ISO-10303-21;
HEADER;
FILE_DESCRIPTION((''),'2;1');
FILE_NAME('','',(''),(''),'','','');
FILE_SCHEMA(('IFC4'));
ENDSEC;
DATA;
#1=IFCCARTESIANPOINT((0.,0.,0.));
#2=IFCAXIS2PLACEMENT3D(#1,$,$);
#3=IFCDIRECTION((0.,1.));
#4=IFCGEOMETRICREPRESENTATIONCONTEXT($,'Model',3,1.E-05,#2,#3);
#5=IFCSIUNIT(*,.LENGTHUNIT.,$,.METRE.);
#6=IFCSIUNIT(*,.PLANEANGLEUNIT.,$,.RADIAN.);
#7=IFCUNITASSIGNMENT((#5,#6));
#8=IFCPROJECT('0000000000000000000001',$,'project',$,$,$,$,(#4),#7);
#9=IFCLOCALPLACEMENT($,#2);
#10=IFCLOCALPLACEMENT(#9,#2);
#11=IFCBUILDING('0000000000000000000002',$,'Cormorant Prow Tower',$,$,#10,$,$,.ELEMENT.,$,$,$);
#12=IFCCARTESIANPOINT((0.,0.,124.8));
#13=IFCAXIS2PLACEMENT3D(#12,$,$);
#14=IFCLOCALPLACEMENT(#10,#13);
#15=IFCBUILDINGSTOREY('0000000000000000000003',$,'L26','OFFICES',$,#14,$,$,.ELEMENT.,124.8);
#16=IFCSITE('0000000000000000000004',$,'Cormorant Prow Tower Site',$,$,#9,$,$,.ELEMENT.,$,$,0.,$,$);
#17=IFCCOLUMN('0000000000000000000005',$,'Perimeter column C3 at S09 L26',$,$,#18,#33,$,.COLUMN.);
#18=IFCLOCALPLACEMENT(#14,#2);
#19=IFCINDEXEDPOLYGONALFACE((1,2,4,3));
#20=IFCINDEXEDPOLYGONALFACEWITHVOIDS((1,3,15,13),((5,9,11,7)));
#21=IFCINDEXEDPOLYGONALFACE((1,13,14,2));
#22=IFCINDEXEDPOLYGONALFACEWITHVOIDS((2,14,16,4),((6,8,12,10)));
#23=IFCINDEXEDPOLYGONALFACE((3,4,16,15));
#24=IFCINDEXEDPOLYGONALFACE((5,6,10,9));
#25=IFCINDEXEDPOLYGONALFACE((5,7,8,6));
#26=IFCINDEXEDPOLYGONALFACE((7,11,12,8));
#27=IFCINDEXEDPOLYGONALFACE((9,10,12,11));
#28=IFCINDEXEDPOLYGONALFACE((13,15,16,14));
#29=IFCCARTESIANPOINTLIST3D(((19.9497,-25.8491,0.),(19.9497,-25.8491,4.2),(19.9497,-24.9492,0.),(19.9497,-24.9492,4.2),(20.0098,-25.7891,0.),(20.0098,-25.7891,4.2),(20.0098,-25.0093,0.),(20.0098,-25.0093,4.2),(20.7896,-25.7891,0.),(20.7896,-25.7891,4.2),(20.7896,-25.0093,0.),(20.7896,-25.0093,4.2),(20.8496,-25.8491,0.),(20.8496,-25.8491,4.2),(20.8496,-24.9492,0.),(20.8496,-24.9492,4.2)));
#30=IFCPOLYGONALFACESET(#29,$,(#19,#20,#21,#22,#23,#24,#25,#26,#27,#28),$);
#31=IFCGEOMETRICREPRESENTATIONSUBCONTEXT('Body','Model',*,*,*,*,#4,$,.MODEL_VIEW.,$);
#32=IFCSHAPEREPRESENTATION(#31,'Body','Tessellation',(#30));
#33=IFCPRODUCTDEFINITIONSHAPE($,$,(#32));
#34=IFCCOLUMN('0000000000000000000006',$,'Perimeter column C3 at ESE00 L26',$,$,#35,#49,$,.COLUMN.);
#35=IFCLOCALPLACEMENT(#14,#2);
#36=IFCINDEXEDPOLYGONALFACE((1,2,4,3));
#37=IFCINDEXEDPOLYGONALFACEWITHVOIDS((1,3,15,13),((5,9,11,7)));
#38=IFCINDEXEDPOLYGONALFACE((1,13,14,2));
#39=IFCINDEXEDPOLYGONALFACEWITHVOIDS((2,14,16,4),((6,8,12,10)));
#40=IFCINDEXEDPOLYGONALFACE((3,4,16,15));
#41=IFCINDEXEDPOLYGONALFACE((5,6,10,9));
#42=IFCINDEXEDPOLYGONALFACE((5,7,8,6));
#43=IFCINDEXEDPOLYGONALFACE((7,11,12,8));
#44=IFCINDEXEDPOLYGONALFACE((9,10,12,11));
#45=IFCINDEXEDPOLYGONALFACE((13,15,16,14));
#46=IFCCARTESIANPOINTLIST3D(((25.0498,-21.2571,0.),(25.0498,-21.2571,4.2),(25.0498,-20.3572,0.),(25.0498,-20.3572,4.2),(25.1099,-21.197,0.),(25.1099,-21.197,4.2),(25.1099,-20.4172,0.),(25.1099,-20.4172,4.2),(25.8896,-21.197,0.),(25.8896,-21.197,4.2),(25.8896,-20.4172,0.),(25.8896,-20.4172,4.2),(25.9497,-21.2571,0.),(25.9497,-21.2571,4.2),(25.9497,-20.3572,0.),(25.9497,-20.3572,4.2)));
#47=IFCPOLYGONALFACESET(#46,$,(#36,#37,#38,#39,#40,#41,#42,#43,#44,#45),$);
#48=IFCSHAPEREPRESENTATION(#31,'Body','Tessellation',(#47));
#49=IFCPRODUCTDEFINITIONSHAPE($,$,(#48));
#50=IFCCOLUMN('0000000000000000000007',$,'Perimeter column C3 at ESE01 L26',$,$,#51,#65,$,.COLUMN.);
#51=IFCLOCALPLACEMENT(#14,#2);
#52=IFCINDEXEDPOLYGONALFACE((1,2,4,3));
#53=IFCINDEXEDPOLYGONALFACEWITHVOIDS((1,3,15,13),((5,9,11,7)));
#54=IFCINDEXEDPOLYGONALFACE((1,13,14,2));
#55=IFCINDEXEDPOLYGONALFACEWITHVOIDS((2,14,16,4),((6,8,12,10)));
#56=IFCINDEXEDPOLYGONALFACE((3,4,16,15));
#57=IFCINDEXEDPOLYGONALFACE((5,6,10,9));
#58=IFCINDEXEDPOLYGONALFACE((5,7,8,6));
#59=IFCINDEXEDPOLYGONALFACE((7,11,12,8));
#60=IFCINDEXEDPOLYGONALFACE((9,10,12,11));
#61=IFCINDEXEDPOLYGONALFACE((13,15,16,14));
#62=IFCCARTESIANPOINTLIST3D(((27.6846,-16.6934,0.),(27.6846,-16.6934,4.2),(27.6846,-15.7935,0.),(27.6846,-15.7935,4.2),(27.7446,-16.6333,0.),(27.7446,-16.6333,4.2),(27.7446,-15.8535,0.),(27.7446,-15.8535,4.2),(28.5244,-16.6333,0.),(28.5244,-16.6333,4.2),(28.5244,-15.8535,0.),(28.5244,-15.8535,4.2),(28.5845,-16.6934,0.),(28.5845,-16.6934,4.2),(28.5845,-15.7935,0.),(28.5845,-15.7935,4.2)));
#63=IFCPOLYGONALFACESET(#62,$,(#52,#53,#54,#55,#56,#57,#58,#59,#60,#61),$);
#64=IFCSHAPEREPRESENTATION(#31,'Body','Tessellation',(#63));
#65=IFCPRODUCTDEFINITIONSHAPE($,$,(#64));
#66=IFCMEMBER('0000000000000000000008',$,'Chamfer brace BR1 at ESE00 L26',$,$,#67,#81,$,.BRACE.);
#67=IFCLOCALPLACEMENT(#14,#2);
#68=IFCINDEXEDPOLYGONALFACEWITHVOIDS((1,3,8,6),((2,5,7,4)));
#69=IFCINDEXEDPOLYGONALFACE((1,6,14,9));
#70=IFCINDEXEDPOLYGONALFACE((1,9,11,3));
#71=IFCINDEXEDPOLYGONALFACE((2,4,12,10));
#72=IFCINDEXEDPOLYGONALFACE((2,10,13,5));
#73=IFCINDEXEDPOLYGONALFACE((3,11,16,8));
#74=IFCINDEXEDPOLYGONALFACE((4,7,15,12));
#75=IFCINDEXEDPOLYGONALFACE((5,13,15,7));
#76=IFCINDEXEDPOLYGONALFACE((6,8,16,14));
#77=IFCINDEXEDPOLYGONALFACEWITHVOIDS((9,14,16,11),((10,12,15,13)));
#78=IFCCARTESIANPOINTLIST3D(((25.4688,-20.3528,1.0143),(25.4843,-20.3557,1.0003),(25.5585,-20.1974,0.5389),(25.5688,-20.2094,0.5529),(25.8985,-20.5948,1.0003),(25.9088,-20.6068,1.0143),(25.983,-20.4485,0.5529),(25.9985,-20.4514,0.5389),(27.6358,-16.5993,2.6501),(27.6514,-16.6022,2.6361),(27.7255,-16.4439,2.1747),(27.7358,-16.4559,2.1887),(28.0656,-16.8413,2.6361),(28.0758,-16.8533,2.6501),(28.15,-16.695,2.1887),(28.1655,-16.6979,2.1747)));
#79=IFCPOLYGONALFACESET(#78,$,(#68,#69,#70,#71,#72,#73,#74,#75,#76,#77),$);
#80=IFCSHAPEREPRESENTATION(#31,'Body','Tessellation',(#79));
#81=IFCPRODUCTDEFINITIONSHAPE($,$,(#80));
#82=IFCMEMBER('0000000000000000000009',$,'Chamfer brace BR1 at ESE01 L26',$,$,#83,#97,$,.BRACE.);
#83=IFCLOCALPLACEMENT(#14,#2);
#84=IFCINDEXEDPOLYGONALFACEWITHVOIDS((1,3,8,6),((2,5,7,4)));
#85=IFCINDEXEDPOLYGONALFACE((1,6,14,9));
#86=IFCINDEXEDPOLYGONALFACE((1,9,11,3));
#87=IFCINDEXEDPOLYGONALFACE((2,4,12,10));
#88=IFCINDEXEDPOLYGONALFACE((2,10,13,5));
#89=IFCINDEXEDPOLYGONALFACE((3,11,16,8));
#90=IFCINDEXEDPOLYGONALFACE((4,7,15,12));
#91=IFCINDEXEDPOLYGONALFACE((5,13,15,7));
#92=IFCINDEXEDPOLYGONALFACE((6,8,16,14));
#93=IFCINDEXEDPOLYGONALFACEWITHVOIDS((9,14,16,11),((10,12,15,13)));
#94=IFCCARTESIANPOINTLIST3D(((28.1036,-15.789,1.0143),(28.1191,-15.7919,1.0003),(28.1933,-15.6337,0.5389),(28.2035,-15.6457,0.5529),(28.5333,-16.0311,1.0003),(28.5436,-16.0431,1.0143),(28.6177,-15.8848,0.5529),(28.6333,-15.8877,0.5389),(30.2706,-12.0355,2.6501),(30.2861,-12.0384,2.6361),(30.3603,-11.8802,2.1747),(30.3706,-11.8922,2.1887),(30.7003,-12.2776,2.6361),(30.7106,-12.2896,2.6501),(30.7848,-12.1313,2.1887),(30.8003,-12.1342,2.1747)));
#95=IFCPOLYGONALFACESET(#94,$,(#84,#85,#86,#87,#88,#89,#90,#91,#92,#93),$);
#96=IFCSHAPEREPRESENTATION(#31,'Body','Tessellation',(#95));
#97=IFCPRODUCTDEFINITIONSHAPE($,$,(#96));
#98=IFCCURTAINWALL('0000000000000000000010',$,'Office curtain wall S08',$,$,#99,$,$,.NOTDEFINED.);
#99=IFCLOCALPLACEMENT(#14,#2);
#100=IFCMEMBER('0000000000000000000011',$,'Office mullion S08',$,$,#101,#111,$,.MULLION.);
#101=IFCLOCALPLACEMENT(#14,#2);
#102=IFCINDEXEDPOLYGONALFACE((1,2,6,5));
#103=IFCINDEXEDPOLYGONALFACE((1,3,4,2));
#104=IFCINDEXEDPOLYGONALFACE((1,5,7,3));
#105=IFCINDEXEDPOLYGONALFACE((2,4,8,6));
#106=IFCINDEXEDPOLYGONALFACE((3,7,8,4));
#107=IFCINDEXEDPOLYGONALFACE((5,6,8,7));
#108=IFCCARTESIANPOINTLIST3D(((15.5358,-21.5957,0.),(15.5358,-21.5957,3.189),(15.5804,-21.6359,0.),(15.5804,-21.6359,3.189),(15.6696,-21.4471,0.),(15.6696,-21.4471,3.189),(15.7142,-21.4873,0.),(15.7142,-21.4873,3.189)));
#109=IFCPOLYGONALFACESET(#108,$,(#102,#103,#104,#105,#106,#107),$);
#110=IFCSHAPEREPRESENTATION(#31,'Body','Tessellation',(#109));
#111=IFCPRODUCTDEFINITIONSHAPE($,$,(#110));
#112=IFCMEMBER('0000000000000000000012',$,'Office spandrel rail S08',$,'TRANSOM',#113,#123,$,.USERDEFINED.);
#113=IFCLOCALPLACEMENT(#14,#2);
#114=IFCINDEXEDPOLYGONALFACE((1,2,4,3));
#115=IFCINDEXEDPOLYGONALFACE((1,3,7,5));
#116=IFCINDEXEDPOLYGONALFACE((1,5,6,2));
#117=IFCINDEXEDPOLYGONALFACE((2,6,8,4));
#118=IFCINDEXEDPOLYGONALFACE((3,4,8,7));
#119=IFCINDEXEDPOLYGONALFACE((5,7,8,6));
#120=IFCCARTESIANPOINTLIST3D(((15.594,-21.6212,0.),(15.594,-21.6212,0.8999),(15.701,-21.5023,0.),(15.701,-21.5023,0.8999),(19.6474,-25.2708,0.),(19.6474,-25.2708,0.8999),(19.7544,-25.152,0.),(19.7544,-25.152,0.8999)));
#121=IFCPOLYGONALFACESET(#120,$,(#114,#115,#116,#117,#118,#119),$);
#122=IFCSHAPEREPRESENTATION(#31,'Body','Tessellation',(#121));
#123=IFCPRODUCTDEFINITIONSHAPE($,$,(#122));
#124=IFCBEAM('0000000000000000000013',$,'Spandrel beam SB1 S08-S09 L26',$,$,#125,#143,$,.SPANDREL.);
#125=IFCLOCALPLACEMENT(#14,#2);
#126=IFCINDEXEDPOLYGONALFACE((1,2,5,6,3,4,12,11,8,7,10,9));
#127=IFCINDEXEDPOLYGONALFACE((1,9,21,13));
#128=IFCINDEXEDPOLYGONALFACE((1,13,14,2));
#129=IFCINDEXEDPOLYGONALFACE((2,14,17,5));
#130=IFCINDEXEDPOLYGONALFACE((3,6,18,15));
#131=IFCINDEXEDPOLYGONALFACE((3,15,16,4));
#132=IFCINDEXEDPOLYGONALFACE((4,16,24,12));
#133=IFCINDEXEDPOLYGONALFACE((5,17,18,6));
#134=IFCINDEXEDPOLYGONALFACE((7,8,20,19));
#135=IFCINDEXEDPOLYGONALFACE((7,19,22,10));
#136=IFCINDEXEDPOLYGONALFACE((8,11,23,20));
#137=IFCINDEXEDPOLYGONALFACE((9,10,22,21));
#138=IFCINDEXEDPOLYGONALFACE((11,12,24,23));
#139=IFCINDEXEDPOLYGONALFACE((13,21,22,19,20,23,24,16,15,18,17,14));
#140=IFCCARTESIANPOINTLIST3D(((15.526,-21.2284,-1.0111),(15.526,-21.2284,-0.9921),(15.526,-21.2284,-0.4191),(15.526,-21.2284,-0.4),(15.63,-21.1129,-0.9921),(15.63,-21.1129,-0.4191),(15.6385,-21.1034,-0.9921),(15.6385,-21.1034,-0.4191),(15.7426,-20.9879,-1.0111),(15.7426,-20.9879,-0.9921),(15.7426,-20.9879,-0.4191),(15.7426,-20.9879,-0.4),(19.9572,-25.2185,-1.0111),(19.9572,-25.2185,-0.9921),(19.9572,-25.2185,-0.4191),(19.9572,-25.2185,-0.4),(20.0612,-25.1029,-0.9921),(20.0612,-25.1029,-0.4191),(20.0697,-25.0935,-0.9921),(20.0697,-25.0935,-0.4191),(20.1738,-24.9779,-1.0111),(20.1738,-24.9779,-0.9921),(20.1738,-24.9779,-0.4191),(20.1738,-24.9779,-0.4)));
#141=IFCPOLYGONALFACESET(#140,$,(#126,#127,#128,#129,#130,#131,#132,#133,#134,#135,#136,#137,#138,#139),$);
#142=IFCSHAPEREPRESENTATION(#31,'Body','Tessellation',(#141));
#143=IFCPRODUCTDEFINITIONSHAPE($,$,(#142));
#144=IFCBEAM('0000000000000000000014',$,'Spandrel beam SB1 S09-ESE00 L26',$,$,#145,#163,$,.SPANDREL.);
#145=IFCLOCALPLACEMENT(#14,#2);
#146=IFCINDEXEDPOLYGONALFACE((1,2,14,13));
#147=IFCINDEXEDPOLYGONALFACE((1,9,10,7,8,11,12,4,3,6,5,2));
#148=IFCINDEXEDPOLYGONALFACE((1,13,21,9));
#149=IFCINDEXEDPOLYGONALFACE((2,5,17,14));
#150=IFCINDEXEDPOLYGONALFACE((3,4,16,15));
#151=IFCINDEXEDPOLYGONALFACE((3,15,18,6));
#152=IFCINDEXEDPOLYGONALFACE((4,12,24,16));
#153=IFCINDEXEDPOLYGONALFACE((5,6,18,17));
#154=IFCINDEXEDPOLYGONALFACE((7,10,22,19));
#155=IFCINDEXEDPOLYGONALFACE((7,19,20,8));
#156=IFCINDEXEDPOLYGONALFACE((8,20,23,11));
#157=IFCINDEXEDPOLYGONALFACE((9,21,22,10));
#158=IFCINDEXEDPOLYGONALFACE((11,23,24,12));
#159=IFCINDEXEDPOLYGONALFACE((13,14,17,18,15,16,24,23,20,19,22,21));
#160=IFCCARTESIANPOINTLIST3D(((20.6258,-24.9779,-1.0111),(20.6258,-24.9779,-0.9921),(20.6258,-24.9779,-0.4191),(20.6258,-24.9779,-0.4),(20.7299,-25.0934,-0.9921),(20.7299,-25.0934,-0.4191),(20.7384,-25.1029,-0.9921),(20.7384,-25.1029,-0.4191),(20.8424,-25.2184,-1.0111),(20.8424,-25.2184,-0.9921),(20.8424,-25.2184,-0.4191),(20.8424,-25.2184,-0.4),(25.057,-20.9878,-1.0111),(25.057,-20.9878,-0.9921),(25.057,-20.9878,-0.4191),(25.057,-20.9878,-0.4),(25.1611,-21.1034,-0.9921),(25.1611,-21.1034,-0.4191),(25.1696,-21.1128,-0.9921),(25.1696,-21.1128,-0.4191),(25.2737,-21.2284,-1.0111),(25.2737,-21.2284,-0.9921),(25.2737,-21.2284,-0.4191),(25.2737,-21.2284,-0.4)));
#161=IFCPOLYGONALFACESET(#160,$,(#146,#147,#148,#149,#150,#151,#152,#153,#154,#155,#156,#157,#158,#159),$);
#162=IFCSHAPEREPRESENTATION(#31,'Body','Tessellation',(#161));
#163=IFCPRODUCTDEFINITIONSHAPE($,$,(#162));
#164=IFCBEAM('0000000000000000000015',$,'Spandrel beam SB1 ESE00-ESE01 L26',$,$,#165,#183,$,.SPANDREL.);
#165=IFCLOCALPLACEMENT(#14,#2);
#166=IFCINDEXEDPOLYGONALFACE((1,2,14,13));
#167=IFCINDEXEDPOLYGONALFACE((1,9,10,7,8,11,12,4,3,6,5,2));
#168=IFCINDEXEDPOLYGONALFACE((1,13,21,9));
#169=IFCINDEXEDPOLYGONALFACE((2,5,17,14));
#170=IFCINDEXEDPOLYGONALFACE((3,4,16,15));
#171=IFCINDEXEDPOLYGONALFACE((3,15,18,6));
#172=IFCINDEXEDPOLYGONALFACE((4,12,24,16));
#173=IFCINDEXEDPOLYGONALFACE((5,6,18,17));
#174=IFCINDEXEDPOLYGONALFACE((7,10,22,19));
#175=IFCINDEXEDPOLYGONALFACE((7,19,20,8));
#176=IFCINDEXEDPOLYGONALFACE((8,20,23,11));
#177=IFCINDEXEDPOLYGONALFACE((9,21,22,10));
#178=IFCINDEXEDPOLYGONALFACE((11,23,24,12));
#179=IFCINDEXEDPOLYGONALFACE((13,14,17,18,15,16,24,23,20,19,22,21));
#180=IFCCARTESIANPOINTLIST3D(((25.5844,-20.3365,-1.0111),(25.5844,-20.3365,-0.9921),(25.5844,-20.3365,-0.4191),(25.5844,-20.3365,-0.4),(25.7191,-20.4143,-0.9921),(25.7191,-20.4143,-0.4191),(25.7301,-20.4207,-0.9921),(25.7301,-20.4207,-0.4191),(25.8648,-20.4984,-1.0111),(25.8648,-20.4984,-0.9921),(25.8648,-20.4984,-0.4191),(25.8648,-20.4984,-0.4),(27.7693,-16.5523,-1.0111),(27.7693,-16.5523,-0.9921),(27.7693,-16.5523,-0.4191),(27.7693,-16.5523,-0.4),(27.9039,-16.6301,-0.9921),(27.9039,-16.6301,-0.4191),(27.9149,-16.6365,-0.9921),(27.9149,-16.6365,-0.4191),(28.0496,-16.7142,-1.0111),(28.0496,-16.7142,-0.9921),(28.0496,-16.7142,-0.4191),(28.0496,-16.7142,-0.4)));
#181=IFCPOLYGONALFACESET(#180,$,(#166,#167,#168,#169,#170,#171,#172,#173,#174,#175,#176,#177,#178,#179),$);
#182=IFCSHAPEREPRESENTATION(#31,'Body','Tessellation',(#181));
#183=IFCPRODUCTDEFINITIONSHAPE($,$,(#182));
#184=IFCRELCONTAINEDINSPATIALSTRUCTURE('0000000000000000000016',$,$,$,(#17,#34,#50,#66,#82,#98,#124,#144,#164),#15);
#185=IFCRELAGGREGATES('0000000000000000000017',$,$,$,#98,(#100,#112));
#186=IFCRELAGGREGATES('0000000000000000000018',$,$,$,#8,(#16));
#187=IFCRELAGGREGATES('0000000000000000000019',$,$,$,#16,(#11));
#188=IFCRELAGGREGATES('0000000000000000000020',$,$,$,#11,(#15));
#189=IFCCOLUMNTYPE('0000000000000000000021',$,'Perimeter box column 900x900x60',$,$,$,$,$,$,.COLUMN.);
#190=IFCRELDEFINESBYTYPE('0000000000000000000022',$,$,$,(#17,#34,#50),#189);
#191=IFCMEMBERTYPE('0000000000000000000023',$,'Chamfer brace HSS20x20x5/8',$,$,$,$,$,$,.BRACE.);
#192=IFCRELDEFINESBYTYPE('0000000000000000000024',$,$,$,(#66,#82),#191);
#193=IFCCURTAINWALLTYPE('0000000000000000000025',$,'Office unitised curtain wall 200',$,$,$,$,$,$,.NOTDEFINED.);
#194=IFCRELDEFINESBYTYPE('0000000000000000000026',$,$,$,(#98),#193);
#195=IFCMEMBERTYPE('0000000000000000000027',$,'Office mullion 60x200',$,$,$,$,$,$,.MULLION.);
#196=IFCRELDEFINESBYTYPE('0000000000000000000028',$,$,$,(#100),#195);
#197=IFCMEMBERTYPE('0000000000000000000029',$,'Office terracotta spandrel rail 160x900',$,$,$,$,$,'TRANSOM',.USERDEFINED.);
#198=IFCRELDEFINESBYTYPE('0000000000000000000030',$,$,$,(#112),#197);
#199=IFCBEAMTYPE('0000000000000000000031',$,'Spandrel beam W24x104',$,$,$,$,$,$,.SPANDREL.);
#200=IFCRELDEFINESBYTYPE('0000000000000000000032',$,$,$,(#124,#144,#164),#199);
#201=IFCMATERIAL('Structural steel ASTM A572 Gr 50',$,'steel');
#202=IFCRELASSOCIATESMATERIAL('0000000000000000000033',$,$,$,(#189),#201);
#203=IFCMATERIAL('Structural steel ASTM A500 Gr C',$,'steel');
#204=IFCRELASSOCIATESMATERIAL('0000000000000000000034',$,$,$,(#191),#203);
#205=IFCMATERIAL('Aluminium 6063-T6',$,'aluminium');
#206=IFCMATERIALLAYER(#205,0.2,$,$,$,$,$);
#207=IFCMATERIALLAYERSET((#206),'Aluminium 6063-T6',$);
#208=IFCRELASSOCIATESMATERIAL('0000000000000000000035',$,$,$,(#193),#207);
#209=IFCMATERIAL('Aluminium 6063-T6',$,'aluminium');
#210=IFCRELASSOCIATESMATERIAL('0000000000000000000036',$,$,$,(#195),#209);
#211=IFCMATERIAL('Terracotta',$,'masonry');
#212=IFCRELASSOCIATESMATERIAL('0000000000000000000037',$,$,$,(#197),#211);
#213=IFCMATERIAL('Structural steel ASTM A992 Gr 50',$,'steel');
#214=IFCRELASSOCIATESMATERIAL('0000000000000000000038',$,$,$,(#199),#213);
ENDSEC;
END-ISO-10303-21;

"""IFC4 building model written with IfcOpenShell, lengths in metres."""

from ifc_helpers import new_model, si_unit, direction, frame, origin, origin_2d, place, context, subcontext, project, spatial, rectangle, hollow_rectangle, i_section, extrude, material, layer, layer_set, material_profile, profile_set, type_object, element, aggregate, save


model = new_model("IFC4")

# Units and contexts
model_context = context("Model", 3, precision=1e-05, world=origin(), true_north=direction((0.0, 1.0)))
body_context = subcontext(model_context, "Body", "Model", "MODEL_VIEW")
ifc_project = project(units=[si_unit("LENGTHUNIT", "METRE"), si_unit("PLANEANGLEUNIT", "RADIAN")], contexts=[model_context])

# Site, building, storey
site_placement = place(None, origin())
site = spatial("IfcSite", under=ifc_project, at=site_placement, Name="Cormorant Prow Tower Site", CompositionType="ELEMENT", RefElevation=0.0)
building_placement = place(site_placement, origin())
building = spatial("IfcBuilding", under=site, at=building_placement, Name="Cormorant Prow Tower", CompositionType="ELEMENT")
storey_placement = place(building_placement, frame((0.0, 0.0, 124.8)))
storey = spatial("IfcBuildingStorey", under=building, at=storey_placement, Name="L26", Description="OFFICES", CompositionType="ELEMENT", Elevation=124.8)

# Columns
ifc_material_1 = material(Name="Structural steel ASTM A572 Gr 50", Category="steel")
ifc_material_profile_1 = material_profile(ifc_material_1, hollow_rectangle(XDim=0.8999, YDim=0.8999, WallThickness=0.0601, at=origin_2d()), Name="Box 900x900x60")
ifc_profile_set_1 = profile_set([ifc_material_profile_1], Name="Structural steel ASTM A572 Gr 50")
column_type = type_object("IfcColumnType", Name="Perimeter box column 900x900x60", PredefinedType="COLUMN", material=ifc_profile_set_1)
for number, where, z_axis, x_axis, name in (
    (1, (20.3997, -25.3992, 0.0), (0.0, 0.0, 1.0), (1.0, 0.0, 0.0), "Perimeter column C3 at S09 L26"),
    (2, (25.4998, -20.8071, 0.0), (0.0, 0.0, 1.0), (1.0, 0.0, 0.0), "Perimeter column C3 at ESE00 L26"),
    (3, (28.1345, -16.2434, 0.0), (0.0, 0.0, 1.0), (1.0, 0.0, 0.0), "Perimeter column C3 at ESE01 L26"),
):
    element("IfcColumn", number, at=place(storey_placement, frame(where, z_axis=z_axis, x_axis=x_axis)), inside=storey, type_object=column_type, Name=name, PredefinedType="COLUMN", context=body_context, shape_type="SweptSolid", body=[
        extrude(hollow_rectangle(XDim=0.8999, YDim=0.8999, WallThickness=0.0601, at=origin_2d()), origin(), (0.0, 0.0, 1.0), 4.2),
    ])

# Members
ifc_material_2 = material(Name="Structural steel ASTM A500 Gr C", Category="steel")
ifc_material_profile_2 = material_profile(ifc_material_2, hollow_rectangle(XDim=0.5081, YDim=0.5081, WallThickness=0.0149, at=origin_2d()), Name="HSS20x20x5/8")
ifc_profile_set_2 = profile_set([ifc_material_profile_2], Name="Structural steel ASTM A500 Gr C")
member_type_1 = type_object("IfcMemberType", Name="Chamfer brace HSS20x20x5/8", PredefinedType="BRACE", material=ifc_profile_set_2)
for number, where, z_axis, x_axis, name in (
    (4, (25.7336, -20.4021, 0.7766), (0.467785, 0.810244, 0.353105), (-0.86603, 0.499992, 0.0), "Chamfer brace BR1 at ESE00 L26"),
    (5, (28.3684, -15.8384, 0.7766), (0.467785, 0.810244, 0.353105), (-0.86603, 0.499992, 0.0), "Chamfer brace BR1 at ESE01 L26"),
):
    element("IfcMember", number, at=place(storey_placement, frame(where, z_axis=z_axis, x_axis=x_axis)), inside=storey, type_object=member_type_1, Name=name, PredefinedType="BRACE", context=body_context, shape_type="SweptSolid", body=[
        extrude(hollow_rectangle(XDim=0.5081, YDim=0.5081, WallThickness=0.0149, at=origin_2d()), origin(), (0.0, 0.0, 1.0), 4.6326),
    ])

# Curtain wall, members
ifc_material_3 = material(Name="Aluminium 6063-T6", Category="aluminium")
ifc_layer_1 = layer(ifc_material_3, 0.2)
ifc_layer_set_1 = layer_set([ifc_layer_1], Name="Aluminium 6063-T6")
curtain_wall_type = type_object("IfcCurtainWallType", Name="Office unitised curtain wall 200", PredefinedType="NOTDEFINED", material=ifc_layer_set_1)
curtain_wall_placement = place(storey_placement, origin())
curtain_wall = element("IfcCurtainWall", 6, at=curtain_wall_placement, inside=storey, type_object=curtain_wall_type, Name="Office curtain wall S08", PredefinedType="NOTDEFINED")
ifc_material_4 = material(Name="Aluminium 6063-T6", Category="aluminium")
ifc_material_profile_3 = material_profile(ifc_material_4, rectangle(XDim=0.2, YDim=0.0601, at=origin_2d()), Name="Office mullion 60x200")
ifc_profile_set_3 = profile_set([ifc_material_profile_3], Name="Aluminium 6063-T6")
member_type_2 = type_object("IfcMemberType", Name="Office mullion 60x200", PredefinedType="MULLION", material=ifc_profile_set_3)
member_1_placement = place(storey_placement, frame((15.625, -21.5415, 0.0), z_axis=(0.0, 0.0, 1.0), x_axis=(0.669131, 0.743145, 0.0)))
member_1 = element("IfcMember", 7, at=member_1_placement, type_object=member_type_2, Name="Office mullion S08", PredefinedType="MULLION", context=body_context, shape_type="SweptSolid", body=[
    extrude(rectangle(XDim=0.2, YDim=0.0601, at=origin_2d()), origin(), (0.0, 0.0, 1.0), 3.189),
])
ifc_material_5 = material(Name="Terracotta", Category="masonry")
ifc_material_profile_4 = material_profile(ifc_material_5, rectangle(XDim=0.1599, YDim=0.8999, at=origin_2d()), Name="Office terracotta spandrel rail 160x900")
ifc_profile_set_4 = profile_set([ifc_material_profile_4], Name="Terracotta")
member_type_3 = type_object("IfcMemberType", Name="Office terracotta spandrel rail 160x900", ElementType="TRANSOM", PredefinedType="USERDEFINED", material=ifc_profile_set_4)
member_2_placement = place(storey_placement, frame((15.6475, -21.5618, 0.45), z_axis=(0.743154, -0.669121, 0.0), x_axis=(0.669121, 0.743154, 0.0)))
member_2 = element("IfcMember", 8, at=member_2_placement, type_object=member_type_3, Name="Office spandrel rail S08", ObjectType="TRANSOM", PredefinedType="USERDEFINED", context=body_context, shape_type="SweptSolid", body=[
    extrude(rectangle(XDim=0.1599, YDim=0.8999, at=origin_2d()), origin(), (0.0, 0.0, 1.0), 5.4543),
])

# Beams
ifc_material_6 = material(Name="Structural steel ASTM A992 Gr 50", Category="steel")
ifc_material_profile_5 = material_profile(ifc_material_6, i_section(OverallWidth=0.3237, OverallDepth=0.6111, WebThickness=0.0127, FlangeThickness=0.019, at=origin_2d()), Name="W24x104")
ifc_profile_set_5 = profile_set([ifc_material_profile_5], Name="Structural steel ASTM A992 Gr 50")
beam_type = type_object("IfcBeamType", Name="Spandrel beam W24x104", PredefinedType="SPANDREL", material=ifc_profile_set_5)
for number, where, z_axis, x_axis, name in (
    (9, (15.6343, -21.1082, -0.7056), (0.743131, -0.669146, 0.0), (0.669146, 0.743131, 0.0), "Spandrel beam SB1 S08-S09 L26"),
    (10, (20.7341, -25.0981, -0.7056), (0.743131, 0.669146, 0.0), (-0.669146, 0.743131, 0.0), "Spandrel beam SB1 S09-ESE00 L26"),
):
    element("IfcBeam", number, at=place(storey_placement, frame(where, z_axis=z_axis, x_axis=x_axis)), inside=storey, type_object=beam_type, Name=name, PredefinedType="SPANDREL", context=body_context, shape_type="SweptSolid", body=[
        extrude(i_section(OverallWidth=0.3237, OverallDepth=0.6111, WebThickness=0.0127, FlangeThickness=0.019, at=origin_2d()), origin(), (0.0, 0.0, 1.0), 5.9629),
    ])
for number, where, z_axis, x_axis, name in (
    (11, (25.7246, -20.4175, -0.7056), (0.500003, 0.866024, 0.0), (-0.866024, 0.500003, 0.0), "Spandrel beam SB1 ESE00-ESE01 L26"),
):
    element("IfcBeam", number, at=place(storey_placement, frame(where, z_axis=z_axis, x_axis=x_axis)), inside=storey, type_object=beam_type, Name=name, PredefinedType="SPANDREL", context=body_context, shape_type="SweptSolid", body=[
        extrude(i_section(OverallWidth=0.3237, OverallDepth=0.6111, WebThickness=0.0127, FlangeThickness=0.019, at=origin_2d()), origin(), (0.0, 0.0, 1.0), 4.3696),
    ])

aggregate(curtain_wall, [member_1, member_2])

save(model, "model.ifc")
